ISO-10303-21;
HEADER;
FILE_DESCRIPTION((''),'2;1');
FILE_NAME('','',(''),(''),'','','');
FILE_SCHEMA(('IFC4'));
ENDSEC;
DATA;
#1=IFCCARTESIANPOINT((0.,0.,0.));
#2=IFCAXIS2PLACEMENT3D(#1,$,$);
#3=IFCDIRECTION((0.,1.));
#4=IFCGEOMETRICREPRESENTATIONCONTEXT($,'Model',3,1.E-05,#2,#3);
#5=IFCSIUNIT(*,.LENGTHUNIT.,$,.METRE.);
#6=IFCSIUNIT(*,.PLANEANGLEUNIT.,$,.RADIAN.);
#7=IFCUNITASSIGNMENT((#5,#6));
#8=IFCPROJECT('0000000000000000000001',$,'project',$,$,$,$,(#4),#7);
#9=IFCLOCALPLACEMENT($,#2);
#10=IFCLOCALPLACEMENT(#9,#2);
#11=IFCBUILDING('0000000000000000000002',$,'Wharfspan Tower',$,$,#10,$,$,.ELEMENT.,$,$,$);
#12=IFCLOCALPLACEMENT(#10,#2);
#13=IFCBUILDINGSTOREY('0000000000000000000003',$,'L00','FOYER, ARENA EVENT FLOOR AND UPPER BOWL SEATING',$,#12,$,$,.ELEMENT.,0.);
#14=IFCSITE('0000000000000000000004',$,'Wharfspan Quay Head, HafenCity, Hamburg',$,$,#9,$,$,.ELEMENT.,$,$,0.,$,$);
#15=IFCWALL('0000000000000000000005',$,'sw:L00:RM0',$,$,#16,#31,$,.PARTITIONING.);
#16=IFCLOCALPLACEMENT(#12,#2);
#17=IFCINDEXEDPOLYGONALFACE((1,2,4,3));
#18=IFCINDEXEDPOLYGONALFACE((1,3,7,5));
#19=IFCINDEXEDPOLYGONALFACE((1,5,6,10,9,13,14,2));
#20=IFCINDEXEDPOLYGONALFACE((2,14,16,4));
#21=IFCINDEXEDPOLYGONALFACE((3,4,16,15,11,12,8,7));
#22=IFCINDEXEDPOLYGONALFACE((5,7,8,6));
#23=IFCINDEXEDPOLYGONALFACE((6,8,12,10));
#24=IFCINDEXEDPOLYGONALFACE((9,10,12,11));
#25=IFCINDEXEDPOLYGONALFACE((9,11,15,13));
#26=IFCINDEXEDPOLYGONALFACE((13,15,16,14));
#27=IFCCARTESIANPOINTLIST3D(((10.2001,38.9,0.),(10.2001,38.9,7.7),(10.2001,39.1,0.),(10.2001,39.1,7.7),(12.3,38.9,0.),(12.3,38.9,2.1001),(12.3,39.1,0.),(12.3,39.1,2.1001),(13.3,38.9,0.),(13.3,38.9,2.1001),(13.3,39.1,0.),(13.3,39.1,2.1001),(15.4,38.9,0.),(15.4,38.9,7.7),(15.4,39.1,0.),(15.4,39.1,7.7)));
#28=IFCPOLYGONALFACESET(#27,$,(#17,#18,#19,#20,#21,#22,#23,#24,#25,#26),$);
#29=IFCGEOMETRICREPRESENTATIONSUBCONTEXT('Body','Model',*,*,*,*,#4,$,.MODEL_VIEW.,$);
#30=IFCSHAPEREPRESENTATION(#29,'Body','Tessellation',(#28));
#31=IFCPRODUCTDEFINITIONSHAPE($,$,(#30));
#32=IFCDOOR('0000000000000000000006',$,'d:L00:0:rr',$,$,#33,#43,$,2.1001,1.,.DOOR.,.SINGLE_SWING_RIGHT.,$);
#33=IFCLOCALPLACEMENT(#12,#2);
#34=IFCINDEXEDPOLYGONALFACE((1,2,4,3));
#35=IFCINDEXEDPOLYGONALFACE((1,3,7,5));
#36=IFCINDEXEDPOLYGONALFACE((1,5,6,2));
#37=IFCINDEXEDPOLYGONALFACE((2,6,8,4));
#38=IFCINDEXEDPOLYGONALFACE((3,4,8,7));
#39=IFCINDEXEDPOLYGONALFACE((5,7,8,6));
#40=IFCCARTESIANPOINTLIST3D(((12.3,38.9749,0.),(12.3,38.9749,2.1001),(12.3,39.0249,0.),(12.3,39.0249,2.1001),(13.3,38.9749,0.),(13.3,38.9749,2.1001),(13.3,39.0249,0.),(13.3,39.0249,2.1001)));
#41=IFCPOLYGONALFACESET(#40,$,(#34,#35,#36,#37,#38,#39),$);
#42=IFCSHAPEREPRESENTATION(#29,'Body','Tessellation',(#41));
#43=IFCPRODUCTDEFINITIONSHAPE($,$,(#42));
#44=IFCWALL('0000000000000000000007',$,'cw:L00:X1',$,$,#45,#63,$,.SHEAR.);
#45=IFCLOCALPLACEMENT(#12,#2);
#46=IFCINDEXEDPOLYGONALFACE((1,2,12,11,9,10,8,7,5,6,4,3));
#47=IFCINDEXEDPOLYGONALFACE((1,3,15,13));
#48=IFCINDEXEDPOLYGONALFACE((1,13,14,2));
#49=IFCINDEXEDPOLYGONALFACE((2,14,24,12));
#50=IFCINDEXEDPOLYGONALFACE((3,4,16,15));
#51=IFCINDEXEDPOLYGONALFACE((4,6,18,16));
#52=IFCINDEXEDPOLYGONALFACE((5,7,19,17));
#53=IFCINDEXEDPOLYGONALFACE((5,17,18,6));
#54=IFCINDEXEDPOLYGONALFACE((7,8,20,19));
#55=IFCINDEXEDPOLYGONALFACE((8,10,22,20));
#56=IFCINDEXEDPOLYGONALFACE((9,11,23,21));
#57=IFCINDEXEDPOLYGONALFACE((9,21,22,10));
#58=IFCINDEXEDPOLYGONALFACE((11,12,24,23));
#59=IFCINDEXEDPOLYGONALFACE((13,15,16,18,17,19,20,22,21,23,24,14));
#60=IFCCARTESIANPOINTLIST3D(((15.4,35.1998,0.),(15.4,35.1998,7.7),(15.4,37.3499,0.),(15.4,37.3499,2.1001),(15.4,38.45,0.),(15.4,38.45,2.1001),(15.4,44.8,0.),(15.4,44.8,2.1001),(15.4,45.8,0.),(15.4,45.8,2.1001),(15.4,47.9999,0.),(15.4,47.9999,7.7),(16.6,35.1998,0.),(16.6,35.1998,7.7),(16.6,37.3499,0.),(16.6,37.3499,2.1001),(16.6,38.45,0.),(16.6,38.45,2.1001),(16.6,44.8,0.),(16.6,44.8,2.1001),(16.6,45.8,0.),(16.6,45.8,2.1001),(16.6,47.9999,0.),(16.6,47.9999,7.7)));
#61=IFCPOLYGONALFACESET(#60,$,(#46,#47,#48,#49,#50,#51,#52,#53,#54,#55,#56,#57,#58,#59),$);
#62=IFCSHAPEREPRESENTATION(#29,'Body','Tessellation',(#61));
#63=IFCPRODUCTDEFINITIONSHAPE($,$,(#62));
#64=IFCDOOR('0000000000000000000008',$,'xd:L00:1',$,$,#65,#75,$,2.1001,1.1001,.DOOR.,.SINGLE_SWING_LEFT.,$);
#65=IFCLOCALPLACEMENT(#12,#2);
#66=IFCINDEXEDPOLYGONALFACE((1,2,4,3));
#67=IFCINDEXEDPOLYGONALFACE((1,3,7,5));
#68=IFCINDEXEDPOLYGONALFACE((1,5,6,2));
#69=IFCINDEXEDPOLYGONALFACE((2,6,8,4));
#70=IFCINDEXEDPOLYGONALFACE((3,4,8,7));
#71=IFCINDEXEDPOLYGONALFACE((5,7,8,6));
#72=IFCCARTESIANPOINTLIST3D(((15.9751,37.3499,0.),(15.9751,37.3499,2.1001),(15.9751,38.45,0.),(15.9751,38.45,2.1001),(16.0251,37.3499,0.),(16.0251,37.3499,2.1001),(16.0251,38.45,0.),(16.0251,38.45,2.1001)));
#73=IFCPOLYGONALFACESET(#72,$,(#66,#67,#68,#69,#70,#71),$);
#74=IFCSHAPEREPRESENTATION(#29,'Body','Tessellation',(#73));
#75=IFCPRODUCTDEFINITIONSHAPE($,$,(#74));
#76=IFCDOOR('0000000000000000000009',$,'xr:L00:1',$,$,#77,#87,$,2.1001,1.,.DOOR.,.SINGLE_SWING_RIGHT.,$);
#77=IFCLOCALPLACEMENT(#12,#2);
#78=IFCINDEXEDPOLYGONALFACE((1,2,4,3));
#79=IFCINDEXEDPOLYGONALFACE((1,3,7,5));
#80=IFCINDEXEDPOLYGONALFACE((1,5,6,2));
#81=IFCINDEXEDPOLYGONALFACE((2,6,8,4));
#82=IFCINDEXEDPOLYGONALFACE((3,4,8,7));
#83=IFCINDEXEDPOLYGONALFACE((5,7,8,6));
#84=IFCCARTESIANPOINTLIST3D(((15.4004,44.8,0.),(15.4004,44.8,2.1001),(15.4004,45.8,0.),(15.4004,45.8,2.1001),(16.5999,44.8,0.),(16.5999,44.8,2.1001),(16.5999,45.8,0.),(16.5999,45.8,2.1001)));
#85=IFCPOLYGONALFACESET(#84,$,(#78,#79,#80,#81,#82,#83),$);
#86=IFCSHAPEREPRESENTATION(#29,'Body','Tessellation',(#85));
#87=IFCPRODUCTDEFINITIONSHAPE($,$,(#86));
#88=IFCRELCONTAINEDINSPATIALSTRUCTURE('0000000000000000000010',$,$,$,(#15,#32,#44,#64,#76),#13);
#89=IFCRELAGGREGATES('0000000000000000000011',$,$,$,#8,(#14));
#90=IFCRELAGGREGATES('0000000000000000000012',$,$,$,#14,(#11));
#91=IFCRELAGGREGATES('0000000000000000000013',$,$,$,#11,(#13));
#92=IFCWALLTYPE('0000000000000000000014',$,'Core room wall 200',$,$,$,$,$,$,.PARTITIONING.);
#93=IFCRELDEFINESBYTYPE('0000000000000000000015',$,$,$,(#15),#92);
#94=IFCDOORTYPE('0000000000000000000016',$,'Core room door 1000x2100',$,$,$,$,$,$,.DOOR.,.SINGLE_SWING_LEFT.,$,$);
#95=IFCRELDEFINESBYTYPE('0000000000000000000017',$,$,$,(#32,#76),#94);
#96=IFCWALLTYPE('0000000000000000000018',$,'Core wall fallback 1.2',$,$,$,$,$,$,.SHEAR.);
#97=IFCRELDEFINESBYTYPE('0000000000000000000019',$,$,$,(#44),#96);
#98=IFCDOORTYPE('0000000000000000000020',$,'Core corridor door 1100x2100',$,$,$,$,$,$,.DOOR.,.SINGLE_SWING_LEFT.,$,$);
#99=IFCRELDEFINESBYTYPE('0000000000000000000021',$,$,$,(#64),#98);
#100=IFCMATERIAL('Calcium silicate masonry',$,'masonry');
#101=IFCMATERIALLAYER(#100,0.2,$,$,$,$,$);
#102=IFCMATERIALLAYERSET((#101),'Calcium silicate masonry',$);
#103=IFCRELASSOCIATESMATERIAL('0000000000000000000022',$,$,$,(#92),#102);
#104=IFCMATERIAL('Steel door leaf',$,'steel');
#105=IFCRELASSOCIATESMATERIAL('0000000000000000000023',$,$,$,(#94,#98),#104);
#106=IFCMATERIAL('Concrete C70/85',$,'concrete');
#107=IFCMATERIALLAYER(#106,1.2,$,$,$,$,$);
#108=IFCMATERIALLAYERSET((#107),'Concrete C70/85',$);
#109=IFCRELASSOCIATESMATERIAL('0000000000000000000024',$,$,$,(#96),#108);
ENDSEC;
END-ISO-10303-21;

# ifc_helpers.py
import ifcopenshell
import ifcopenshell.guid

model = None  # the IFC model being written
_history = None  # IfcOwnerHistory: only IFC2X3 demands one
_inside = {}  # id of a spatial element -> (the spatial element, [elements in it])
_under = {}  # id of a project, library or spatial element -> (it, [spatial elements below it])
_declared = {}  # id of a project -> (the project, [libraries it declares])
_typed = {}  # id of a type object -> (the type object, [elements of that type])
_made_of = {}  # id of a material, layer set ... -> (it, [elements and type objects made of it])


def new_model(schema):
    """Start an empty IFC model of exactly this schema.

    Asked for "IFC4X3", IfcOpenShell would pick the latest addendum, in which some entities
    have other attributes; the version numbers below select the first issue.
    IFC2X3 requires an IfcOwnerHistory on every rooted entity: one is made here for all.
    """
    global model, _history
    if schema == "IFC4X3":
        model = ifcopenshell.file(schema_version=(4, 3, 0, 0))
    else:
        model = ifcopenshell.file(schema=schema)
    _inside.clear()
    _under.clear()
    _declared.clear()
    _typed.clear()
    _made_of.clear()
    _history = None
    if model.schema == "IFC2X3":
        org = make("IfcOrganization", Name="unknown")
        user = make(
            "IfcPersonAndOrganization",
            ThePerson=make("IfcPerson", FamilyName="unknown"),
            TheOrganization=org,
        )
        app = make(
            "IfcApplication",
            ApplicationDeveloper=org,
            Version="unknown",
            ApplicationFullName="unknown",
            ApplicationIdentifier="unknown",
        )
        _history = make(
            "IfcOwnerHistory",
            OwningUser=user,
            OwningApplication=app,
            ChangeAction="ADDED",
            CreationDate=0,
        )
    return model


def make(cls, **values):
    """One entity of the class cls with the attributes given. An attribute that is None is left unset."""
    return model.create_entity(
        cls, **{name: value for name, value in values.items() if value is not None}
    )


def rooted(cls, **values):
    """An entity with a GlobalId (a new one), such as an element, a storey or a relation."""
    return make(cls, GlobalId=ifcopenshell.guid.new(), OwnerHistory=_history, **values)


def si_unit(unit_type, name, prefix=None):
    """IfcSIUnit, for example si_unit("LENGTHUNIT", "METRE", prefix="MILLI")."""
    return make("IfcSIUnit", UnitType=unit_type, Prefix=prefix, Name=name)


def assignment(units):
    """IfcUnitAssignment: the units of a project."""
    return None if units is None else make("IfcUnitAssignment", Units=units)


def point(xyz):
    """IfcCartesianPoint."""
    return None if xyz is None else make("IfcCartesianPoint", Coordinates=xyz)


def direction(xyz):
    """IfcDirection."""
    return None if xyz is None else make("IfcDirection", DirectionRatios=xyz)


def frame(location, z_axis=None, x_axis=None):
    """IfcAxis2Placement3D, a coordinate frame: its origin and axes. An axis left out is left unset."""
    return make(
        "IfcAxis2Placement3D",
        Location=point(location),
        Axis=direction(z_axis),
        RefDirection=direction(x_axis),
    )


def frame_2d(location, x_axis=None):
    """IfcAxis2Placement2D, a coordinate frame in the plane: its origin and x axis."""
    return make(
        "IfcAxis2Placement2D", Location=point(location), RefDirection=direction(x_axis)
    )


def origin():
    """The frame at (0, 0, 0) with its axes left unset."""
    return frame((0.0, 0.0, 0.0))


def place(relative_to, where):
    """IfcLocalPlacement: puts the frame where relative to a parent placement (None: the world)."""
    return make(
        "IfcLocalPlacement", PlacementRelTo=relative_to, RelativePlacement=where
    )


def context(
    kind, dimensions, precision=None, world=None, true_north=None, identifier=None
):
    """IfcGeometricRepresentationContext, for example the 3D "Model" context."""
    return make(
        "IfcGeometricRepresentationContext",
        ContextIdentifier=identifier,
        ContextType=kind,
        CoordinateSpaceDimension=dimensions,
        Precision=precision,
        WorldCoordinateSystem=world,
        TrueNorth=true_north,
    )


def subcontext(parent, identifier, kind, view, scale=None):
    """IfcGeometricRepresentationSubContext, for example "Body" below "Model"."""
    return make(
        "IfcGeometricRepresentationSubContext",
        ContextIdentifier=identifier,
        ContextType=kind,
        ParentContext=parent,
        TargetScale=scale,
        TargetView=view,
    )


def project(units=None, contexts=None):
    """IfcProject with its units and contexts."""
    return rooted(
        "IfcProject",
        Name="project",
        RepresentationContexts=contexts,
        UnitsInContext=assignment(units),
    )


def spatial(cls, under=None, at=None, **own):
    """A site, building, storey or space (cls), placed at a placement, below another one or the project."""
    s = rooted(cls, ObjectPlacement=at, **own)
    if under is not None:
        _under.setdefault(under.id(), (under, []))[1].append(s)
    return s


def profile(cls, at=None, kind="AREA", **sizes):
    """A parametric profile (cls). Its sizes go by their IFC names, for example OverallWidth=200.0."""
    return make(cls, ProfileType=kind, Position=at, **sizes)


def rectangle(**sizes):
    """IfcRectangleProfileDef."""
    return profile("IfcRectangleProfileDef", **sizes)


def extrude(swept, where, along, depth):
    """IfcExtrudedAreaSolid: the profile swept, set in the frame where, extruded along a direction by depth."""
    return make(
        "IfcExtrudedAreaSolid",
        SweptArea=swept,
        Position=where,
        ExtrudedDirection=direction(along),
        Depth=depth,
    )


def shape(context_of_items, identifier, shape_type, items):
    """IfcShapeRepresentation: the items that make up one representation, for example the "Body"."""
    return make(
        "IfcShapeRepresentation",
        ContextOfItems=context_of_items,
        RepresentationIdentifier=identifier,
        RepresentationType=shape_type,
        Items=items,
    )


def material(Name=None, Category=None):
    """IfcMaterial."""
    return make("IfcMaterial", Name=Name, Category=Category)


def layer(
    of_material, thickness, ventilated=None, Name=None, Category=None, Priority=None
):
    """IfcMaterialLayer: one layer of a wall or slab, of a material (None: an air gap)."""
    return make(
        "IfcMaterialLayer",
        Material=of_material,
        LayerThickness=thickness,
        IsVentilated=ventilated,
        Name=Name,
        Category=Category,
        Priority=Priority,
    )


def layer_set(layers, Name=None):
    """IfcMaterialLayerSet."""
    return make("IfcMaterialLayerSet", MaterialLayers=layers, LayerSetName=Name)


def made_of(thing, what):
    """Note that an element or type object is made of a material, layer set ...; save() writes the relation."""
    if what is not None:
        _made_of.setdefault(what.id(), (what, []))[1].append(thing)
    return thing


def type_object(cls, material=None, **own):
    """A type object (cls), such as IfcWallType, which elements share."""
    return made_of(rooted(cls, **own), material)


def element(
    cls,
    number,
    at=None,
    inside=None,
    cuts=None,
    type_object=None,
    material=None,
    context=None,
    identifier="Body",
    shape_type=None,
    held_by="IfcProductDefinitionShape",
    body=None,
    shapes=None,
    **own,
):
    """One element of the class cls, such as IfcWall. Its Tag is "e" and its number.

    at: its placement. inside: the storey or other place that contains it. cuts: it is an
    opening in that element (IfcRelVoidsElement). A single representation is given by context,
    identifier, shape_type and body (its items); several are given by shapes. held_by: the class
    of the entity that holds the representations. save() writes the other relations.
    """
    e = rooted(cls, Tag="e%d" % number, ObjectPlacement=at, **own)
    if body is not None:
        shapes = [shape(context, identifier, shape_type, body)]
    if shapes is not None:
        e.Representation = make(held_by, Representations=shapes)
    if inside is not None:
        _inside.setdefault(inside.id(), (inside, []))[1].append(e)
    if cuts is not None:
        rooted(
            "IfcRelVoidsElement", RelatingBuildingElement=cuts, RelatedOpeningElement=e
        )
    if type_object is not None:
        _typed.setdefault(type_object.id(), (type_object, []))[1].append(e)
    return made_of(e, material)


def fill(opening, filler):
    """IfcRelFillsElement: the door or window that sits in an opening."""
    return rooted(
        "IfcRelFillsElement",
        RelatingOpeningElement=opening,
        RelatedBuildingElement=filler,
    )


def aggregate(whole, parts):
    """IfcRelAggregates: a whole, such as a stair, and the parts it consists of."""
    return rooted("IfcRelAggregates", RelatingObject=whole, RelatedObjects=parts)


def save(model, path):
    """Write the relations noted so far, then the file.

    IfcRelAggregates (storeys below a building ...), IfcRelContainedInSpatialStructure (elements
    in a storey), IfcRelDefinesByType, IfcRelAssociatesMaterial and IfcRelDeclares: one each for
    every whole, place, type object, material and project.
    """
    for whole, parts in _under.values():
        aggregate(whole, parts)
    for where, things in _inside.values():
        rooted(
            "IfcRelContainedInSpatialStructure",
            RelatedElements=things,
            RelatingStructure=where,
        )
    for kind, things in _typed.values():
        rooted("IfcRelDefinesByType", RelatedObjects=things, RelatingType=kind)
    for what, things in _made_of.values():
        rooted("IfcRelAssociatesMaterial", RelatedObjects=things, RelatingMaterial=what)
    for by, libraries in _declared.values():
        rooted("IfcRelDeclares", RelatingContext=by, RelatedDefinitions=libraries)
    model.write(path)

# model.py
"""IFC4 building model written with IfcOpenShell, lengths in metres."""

from ifc_helpers import new_model, si_unit, direction, frame, frame_2d, origin, place, context, subcontext, project, spatial, rectangle, extrude, material, layer, layer_set, type_object, element, fill, save


model = new_model("IFC4")

# Units and contexts
model_context = context("Model", 3, precision=1e-05, world=origin(), true_north=direction((0.0, 1.0)))
body_context = subcontext(model_context, "Body", "Model", "MODEL_VIEW")
ifc_project = project(units=[si_unit("LENGTHUNIT", "METRE"), si_unit("PLANEANGLEUNIT", "RADIAN")], contexts=[model_context])

# Site, building, storey
site_placement = place(None, origin())
site = spatial("IfcSite", under=ifc_project, at=site_placement, Name="Wharfspan Quay Head, HafenCity, Hamburg", CompositionType="ELEMENT", RefElevation=0.0)
building_placement = place(site_placement, origin())
building = spatial("IfcBuilding", under=site, at=building_placement, Name="Wharfspan Tower", CompositionType="ELEMENT")
storey_placement = place(building_placement, origin())
storey = spatial("IfcBuildingStorey", under=building, at=storey_placement, Name="L00", Description="FOYER, ARENA EVENT FLOOR AND UPPER BOWL SEATING", CompositionType="ELEMENT", Elevation=0.0)

# Wall, opening, door
ifc_material_1 = material(Name="Calcium silicate masonry", Category="masonry")
ifc_layer_1 = layer(ifc_material_1, 0.2)
ifc_layer_set_1 = layer_set([ifc_layer_1], Name="Calcium silicate masonry")
wall_type_1 = type_object("IfcWallType", Name="Core room wall 200", PredefinedType="PARTITIONING", material=ifc_layer_set_1)
wall_1_placement = place(storey_placement, frame((10.2, 39.0, 0.0), z_axis=(0.0, 0.0, 1.0), x_axis=(1.0, 0.0, 0.0)))
wall_1 = element("IfcWall", 1, at=wall_1_placement, inside=storey, type_object=wall_type_1, Name="sw:L00:RM0", PredefinedType="PARTITIONING", context=body_context, shape_type="SweptSolid", body=[
    extrude(rectangle(XDim=5.2, YDim=0.2, at=frame_2d((2.6001, 0.0))), origin(), (0.0, 0.0, 1.0), 7.7),
])
opening_1_placement = place(wall_1_placement, frame((2.1001, 0.0, 0.0)))
opening_1 = element("IfcOpeningElement", 2, at=opening_1_placement, cuts=wall_1, PredefinedType="OPENING", context=body_context, shape_type="SweptSolid", body=[
    extrude(rectangle(XDim=1.0, YDim=2.1001, at=frame_2d((0.5, 1.05))), frame((0.0, 0.1099, 0.0), z_axis=(0.0, -1.0, 0.0), x_axis=(1.0, 0.0, 0.0)), (0.0, 0.0, 1.0), 0.22),
])
ifc_material_2 = material(Name="Steel door leaf", Category="steel")
door_type_1 = type_object("IfcDoorType", Name="Core room door 1000x2100", OperationType="SINGLE_SWING_LEFT", PredefinedType="DOOR", material=ifc_material_2)
door_1_placement = place(opening_1_placement, origin())
door_1 = element("IfcDoor", 3, at=door_1_placement, inside=storey, type_object=door_type_1, Name="d:L00:0:rr", OperationType="SINGLE_SWING_RIGHT", OverallHeight=2.1001, OverallWidth=1.0, PredefinedType="DOOR", context=body_context, shape_type="SweptSolid", body=[
    extrude(rectangle(XDim=1.0, YDim=2.1001, at=frame_2d((0.5, 1.05))), frame((0.0, 0.0249, 0.0), z_axis=(0.0, -1.0, 0.0), x_axis=(1.0, 0.0, 0.0)), (0.0, 0.0, 1.0), 0.05),
])
fill(opening_1, door_1)

# Wall, openings, doors
ifc_material_3 = material(Name="Concrete C70/85", Category="concrete")
ifc_layer_2 = layer(ifc_material_3, 1.2)
ifc_layer_set_2 = layer_set([ifc_layer_2], Name="Concrete C70/85")
wall_type_2 = type_object("IfcWallType", Name="Core wall fallback 1.2", PredefinedType="SHEAR", material=ifc_layer_set_2)
wall_2_placement = place(storey_placement, frame((16.0, 35.2, 0.0), z_axis=(0.0, 0.0, 1.0), x_axis=(0.0, 1.0, 0.0)))
wall_2 = element("IfcWall", 4, at=wall_2_placement, inside=storey, type_object=wall_type_2, Name="cw:L00:X1", PredefinedType="SHEAR", context=body_context, shape_type="SweptSolid", body=[
    extrude(rectangle(XDim=12.8, YDim=1.2, at=frame_2d((6.3999, 0.0))), origin(), (0.0, 0.0, 1.0), 7.7),
])
opening_2_placement = place(wall_2_placement, frame((2.1499, 0.0, 0.0)))
opening_2 = element("IfcOpeningElement", 5, at=opening_2_placement, cuts=wall_2, PredefinedType="OPENING", context=body_context, shape_type="SweptSolid", body=[
    extrude(rectangle(XDim=1.1001, YDim=2.1001, at=frame_2d((0.55, 1.05))), frame((0.0, 0.6099, 0.0), z_axis=(0.0, -1.0, 0.0), x_axis=(1.0, 0.0, 0.0)), (0.0, 0.0, 1.0), 1.22),
])
opening_3_placement = place(wall_2_placement, frame((9.6001, 0.0, 0.0)))
opening_3 = element("IfcOpeningElement", 6, at=opening_3_placement, cuts=wall_2, PredefinedType="OPENING", context=body_context, shape_type="SweptSolid", body=[
    extrude(rectangle(XDim=1.0, YDim=2.1001, at=frame_2d((0.5, 1.05))), frame((0.0, 0.6099, 0.0), z_axis=(0.0, -1.0, 0.0), x_axis=(1.0, 0.0, 0.0)), (0.0, 0.0, 1.0), 1.22),
])
door_type_2 = type_object("IfcDoorType", Name="Core corridor door 1100x2100", OperationType="SINGLE_SWING_LEFT", PredefinedType="DOOR", material=ifc_material_2)
door_2_placement = place(opening_2_placement, origin())
door_2 = element("IfcDoor", 7, at=door_2_placement, inside=storey, type_object=door_type_2, Name="xd:L00:1", OperationType="SINGLE_SWING_LEFT", OverallHeight=2.1001, OverallWidth=1.1001, PredefinedType="DOOR", context=body_context, shape_type="SweptSolid", body=[
    extrude(rectangle(XDim=1.1001, YDim=2.1001, at=frame_2d((0.55, 1.05))), frame((0.0, 0.0249, 0.0), z_axis=(0.0, -1.0, 0.0), x_axis=(1.0, 0.0, 0.0)), (0.0, 0.0, 1.0), 0.05),
])
fill(opening_2, door_2)
door_3_placement = place(opening_3_placement, origin())
door_3 = element("IfcDoor", 8, at=door_3_placement, inside=storey, type_object=door_type_1, Name="xr:L00:1", OperationType="SINGLE_SWING_RIGHT", OverallHeight=2.1001, OverallWidth=1.0, PredefinedType="DOOR", context=body_context, shape_type="SweptSolid", body=[
    extrude(rectangle(XDim=1.0, YDim=2.1001, at=frame_2d((0.5, 1.05))), frame((0.0, 0.5996, 0.0), z_axis=(0.0, -1.0, 0.0), x_axis=(1.0, 0.0, 0.0)), (0.0, 0.0, 1.0), 1.1995),
])
fill(opening_3, door_3)

save(model, "model.ifc")
